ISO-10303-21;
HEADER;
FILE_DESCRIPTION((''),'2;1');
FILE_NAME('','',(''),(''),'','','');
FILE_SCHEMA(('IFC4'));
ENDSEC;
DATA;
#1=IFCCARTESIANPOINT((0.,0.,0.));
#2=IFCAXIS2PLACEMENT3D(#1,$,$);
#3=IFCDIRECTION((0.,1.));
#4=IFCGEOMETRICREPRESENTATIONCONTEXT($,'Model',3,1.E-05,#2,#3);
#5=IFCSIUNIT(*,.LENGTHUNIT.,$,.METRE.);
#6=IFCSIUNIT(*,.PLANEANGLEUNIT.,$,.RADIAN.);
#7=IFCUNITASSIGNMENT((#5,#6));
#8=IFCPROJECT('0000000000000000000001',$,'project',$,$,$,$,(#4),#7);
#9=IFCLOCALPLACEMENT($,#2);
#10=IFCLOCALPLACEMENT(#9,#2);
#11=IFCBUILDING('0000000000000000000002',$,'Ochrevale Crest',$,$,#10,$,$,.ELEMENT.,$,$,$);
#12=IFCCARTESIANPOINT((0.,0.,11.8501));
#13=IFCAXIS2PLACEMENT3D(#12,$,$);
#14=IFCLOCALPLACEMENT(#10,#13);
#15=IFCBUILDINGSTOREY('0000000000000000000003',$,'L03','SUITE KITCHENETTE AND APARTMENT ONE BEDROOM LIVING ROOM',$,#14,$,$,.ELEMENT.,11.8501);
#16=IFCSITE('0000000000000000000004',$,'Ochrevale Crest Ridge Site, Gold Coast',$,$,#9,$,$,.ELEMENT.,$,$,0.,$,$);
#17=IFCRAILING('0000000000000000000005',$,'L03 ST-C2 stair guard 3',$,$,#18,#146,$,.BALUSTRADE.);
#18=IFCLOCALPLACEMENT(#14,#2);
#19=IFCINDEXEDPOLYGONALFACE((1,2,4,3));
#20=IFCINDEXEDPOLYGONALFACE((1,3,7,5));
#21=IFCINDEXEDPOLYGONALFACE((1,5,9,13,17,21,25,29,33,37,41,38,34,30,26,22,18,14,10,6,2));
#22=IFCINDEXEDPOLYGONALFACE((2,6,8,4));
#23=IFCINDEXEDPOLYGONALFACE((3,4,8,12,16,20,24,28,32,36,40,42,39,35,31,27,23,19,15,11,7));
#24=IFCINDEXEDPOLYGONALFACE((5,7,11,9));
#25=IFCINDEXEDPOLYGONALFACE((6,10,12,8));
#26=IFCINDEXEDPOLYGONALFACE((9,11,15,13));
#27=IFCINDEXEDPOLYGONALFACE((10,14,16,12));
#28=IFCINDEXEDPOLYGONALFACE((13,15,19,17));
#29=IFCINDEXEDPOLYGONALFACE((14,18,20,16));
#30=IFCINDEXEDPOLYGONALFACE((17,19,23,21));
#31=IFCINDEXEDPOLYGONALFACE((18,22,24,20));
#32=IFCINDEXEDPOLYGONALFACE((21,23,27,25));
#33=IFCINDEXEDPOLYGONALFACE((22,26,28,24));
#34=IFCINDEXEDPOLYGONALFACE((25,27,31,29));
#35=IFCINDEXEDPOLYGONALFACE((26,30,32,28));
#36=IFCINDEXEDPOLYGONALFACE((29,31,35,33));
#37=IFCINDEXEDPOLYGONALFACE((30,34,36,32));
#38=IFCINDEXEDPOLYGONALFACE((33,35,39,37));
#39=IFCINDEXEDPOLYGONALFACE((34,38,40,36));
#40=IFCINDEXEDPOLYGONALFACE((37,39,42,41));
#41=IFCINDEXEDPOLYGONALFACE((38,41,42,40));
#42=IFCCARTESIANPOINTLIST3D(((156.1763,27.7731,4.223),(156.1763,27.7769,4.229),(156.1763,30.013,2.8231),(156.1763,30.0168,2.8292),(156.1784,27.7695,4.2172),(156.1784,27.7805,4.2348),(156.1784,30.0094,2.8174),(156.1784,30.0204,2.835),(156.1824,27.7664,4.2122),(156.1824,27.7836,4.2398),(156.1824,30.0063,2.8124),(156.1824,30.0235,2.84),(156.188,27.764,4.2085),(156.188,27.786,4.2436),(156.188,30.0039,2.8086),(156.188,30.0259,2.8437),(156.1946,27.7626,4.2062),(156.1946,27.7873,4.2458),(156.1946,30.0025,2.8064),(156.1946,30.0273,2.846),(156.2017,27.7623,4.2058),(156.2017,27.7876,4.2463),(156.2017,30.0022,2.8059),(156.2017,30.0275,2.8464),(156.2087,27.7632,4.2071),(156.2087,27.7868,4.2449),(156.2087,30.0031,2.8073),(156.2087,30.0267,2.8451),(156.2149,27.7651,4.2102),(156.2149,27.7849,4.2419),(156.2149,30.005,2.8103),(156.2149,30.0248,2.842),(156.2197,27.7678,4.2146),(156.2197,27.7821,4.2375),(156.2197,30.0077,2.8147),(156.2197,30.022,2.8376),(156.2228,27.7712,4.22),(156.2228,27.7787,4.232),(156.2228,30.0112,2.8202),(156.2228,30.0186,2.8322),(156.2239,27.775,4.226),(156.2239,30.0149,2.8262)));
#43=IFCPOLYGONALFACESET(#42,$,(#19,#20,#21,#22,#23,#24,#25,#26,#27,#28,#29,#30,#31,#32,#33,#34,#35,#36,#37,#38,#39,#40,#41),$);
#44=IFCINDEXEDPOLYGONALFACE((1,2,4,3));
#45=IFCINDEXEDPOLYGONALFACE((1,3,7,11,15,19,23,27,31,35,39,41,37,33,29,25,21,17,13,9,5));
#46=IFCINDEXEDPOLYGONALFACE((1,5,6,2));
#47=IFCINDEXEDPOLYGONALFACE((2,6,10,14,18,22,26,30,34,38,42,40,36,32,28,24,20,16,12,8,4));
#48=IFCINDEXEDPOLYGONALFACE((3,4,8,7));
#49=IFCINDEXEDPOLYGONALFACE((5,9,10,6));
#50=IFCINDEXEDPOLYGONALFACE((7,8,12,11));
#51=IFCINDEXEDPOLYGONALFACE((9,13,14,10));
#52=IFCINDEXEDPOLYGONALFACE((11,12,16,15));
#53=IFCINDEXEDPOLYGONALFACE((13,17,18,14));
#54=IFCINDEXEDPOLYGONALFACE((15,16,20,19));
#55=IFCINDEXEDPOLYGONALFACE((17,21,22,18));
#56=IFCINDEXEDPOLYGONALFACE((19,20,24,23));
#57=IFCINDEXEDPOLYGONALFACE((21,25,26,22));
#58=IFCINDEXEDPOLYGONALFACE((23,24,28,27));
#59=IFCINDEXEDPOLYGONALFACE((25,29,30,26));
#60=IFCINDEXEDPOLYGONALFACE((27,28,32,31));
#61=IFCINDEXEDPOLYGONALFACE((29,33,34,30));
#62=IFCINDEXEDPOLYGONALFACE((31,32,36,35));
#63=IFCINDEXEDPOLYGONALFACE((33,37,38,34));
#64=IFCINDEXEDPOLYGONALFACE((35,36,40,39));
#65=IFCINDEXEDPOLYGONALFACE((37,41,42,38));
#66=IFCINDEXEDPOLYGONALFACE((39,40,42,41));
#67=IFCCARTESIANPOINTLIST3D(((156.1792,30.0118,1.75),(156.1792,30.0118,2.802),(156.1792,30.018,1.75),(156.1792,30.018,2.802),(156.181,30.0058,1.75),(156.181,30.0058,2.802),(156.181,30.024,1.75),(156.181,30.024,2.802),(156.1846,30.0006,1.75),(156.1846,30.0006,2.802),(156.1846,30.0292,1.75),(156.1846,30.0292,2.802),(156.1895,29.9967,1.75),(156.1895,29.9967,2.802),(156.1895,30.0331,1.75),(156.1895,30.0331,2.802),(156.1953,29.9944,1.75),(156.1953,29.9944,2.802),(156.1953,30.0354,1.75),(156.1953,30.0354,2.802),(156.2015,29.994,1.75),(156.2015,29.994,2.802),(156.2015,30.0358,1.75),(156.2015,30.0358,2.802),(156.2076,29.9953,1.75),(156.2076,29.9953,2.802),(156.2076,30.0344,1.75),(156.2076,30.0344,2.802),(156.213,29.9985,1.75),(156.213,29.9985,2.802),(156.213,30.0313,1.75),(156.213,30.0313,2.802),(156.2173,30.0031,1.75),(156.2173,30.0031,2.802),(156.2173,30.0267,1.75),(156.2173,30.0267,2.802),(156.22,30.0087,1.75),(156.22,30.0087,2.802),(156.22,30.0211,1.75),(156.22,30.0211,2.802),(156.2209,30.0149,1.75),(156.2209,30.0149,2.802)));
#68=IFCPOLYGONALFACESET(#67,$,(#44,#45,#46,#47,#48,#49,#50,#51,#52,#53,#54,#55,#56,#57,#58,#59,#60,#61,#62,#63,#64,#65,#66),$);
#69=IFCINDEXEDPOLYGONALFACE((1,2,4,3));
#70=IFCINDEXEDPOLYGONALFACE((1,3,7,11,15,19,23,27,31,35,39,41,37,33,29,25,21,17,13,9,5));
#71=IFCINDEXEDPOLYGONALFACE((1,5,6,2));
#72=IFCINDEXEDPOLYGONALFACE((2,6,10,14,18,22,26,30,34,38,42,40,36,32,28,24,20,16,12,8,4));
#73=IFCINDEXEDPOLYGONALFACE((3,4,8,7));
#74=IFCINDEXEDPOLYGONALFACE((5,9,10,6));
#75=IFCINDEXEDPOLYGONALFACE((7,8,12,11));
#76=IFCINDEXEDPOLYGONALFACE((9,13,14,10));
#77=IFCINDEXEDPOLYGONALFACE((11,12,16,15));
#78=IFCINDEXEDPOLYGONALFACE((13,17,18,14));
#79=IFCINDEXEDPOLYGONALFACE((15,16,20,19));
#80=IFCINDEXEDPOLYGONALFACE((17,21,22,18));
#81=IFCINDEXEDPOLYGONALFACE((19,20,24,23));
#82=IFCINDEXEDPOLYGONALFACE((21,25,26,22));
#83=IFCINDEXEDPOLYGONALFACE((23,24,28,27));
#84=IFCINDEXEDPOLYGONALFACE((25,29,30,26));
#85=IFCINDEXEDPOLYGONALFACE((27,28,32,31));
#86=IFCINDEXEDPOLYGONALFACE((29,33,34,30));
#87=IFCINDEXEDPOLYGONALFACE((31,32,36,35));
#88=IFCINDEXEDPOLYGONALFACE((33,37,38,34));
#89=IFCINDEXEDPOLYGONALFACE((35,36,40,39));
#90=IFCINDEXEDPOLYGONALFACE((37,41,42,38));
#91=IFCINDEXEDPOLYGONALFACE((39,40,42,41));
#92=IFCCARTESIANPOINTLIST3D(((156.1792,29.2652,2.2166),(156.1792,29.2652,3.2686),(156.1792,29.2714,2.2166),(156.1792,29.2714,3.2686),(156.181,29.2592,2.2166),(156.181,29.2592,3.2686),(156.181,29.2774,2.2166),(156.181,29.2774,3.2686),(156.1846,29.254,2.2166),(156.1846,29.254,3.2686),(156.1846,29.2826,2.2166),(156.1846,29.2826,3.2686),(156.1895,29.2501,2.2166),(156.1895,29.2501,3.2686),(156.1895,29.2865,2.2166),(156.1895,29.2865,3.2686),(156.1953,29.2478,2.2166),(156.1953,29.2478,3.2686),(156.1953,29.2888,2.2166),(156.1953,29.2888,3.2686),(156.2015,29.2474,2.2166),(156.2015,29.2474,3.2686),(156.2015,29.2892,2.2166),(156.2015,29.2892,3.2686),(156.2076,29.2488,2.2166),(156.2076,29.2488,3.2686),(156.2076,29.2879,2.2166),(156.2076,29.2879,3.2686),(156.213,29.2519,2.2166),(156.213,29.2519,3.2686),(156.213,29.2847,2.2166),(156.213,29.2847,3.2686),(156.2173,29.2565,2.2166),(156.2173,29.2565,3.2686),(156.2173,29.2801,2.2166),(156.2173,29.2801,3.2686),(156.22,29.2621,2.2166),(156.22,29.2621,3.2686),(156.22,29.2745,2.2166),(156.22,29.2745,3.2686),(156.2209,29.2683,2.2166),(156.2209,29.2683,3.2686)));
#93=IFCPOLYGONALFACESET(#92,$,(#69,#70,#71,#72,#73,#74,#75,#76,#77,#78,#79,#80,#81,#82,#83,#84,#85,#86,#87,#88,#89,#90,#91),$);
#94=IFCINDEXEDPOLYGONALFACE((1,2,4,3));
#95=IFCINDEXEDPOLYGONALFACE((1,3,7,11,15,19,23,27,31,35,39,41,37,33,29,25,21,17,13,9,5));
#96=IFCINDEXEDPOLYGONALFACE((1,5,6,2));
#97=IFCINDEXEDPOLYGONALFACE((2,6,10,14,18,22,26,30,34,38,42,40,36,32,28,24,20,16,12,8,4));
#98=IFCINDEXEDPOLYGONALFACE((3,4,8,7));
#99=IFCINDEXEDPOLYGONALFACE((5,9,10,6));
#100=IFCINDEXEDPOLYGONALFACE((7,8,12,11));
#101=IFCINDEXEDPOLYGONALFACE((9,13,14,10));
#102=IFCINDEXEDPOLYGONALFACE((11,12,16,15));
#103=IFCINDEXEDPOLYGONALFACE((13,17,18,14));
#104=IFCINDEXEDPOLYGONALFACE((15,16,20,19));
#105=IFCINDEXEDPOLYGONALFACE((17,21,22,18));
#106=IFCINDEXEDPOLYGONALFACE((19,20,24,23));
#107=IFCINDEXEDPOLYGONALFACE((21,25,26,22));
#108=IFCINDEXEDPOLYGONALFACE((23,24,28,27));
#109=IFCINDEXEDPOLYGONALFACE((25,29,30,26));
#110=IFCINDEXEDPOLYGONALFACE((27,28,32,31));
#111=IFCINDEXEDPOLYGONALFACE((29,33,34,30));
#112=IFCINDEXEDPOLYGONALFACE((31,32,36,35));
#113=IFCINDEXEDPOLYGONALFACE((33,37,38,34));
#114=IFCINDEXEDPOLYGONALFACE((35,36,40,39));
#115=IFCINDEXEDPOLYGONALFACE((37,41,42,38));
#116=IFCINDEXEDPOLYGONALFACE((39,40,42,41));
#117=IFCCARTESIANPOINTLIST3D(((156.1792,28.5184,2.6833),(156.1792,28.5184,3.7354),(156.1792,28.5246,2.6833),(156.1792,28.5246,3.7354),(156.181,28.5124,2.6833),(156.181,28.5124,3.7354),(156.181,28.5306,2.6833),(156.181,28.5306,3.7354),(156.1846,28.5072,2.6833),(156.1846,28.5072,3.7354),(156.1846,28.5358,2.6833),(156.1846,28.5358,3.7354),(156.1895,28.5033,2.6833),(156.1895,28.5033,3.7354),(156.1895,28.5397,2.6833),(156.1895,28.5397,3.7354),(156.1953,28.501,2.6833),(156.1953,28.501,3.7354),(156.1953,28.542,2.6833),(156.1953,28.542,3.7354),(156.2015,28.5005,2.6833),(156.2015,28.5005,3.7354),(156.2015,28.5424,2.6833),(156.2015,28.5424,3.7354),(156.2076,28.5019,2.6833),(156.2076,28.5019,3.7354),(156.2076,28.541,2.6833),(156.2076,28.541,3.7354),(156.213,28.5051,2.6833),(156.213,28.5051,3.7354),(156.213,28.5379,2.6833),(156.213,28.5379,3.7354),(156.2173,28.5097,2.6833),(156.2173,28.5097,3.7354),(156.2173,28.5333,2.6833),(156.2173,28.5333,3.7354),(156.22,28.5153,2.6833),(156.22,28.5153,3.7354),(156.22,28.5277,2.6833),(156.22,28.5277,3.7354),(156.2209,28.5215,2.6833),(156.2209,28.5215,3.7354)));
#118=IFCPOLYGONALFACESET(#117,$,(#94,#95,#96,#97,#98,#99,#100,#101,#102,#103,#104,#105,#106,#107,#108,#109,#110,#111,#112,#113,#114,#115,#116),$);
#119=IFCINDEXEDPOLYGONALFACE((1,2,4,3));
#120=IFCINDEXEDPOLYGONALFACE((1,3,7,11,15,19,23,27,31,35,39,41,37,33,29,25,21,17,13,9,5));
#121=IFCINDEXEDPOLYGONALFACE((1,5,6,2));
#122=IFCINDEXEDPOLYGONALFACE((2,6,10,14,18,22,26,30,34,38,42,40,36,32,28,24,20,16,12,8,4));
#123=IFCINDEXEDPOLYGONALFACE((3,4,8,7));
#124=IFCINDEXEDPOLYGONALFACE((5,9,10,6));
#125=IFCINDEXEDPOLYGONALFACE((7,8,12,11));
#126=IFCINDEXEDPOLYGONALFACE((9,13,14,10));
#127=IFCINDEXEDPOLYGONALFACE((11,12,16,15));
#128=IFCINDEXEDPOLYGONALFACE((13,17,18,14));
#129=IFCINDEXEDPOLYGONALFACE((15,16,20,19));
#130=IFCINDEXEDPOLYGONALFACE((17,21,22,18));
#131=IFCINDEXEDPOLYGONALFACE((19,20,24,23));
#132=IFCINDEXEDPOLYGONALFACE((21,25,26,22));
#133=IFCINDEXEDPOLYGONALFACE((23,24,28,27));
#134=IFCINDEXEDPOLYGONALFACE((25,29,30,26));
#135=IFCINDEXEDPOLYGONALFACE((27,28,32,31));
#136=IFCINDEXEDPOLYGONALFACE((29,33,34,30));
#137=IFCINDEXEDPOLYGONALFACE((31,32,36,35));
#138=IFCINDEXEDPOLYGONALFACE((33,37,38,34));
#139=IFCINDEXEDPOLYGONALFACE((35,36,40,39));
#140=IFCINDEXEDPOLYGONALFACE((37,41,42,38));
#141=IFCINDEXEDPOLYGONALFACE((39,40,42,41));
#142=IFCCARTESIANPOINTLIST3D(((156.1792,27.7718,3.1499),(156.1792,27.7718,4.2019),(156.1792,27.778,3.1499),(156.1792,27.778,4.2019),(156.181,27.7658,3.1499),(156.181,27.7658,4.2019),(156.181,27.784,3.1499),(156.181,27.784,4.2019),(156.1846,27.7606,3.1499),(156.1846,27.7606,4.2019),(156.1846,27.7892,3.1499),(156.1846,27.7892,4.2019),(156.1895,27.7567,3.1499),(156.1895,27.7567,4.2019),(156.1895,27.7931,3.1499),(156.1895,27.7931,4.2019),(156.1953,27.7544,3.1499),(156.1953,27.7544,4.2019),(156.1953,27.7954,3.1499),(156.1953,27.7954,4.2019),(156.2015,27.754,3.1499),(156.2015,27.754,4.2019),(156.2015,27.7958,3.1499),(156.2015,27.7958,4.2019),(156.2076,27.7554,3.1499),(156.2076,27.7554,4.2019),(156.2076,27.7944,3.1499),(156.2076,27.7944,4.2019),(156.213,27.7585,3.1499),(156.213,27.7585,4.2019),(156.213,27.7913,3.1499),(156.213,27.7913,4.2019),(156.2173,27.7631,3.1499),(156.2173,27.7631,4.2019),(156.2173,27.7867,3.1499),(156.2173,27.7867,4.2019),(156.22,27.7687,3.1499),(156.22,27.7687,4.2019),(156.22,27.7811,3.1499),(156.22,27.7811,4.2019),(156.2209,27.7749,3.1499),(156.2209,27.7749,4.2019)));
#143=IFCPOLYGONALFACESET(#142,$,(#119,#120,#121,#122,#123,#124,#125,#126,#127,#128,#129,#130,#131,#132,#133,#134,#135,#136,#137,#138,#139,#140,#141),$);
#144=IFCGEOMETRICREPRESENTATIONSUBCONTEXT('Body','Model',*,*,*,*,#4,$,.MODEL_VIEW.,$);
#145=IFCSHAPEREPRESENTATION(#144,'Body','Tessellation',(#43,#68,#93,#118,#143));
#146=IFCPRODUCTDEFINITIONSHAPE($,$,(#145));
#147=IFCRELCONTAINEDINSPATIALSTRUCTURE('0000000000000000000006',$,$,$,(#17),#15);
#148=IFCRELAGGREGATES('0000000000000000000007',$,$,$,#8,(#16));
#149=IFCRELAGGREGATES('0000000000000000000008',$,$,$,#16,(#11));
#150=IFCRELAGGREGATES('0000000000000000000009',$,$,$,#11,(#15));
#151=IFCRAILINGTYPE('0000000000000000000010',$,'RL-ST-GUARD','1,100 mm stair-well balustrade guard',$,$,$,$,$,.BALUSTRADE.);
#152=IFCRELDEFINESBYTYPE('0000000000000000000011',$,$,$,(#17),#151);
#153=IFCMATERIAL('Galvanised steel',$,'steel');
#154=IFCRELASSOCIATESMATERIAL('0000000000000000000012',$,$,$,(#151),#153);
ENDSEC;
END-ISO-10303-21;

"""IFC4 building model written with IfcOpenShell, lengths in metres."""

from ifc_helpers import new_model, si_unit, direction, frame, origin, origin_2d, place, context, subcontext, project, spatial, circle, extrude, material, type_object, element, save


model = new_model("IFC4")

# Units and contexts
model_context = context("Model", 3, precision=1e-05, world=origin(), true_north=direction((0.0, 1.0)))
body_context = subcontext(model_context, "Body", "Model", "MODEL_VIEW")
ifc_project = project(units=[si_unit("LENGTHUNIT", "METRE"), si_unit("PLANEANGLEUNIT", "RADIAN")], contexts=[model_context])

# Site, building, storey
site_placement = place(None, origin())
site = spatial("IfcSite", under=ifc_project, at=site_placement, Name="Ochrevale Crest Ridge Site, Gold Coast", CompositionType="ELEMENT", RefElevation=0.0)
building_placement = place(site_placement, origin())
building = spatial("IfcBuilding", under=site, at=building_placement, Name="Ochrevale Crest", CompositionType="ELEMENT")
storey_placement = place(building_placement, frame((0.0, 0.0, 11.8501)))
storey = spatial("IfcBuildingStorey", under=building, at=storey_placement, Name="L03", Description="SUITE KITCHENETTE AND APARTMENT ONE BEDROOM LIVING ROOM", CompositionType="ELEMENT", Elevation=11.8501)

# Railing
ifc_material_1 = material(Name="Galvanised steel", Category="steel")
railing_type_1 = type_object("IfcRailingType", Name="RL-ST-GUARD", Description="1,100 mm stair-well balustrade guard", PredefinedType="BALUSTRADE", material=ifc_material_1)
railing_1_placement = place(storey_placement, frame((156.2, 30.0149, 1.75)))
element("IfcRailing", 1, at=railing_1_placement, inside=storey, type_object=railing_type_1, Name="L03 ST-C2 stair guard 3", PredefinedType="BALUSTRADE", context=body_context, shape_type="SweptSolid", body=[
    extrude(circle(Radius=0.0239, at=origin_2d()), frame((0.0, 0.0, 1.0762), z_axis=(0.0, -0.848014, 0.529974), x_axis=(1.0, 0.0, 0.0)), (0.0, 0.0, 1.0), 2.6414),
    extrude(circle(Radius=0.021, at=origin_2d()), origin(), (0.0, 0.0, 1.0), 1.052),
    extrude(circle(Radius=0.021, at=origin_2d()), frame((0.0, -0.7466, 0.4666)), (0.0, 0.0, 1.0), 1.052),
    extrude(circle(Radius=0.021, at=origin_2d()), frame((0.0, -1.4934, 0.9333)), (0.0, 0.0, 1.0), 1.052),
    extrude(circle(Radius=0.021, at=origin_2d()), frame((0.0, -2.24, 1.3999)), (0.0, 0.0, 1.0), 1.052),
])

save(model, "model.ifc")
